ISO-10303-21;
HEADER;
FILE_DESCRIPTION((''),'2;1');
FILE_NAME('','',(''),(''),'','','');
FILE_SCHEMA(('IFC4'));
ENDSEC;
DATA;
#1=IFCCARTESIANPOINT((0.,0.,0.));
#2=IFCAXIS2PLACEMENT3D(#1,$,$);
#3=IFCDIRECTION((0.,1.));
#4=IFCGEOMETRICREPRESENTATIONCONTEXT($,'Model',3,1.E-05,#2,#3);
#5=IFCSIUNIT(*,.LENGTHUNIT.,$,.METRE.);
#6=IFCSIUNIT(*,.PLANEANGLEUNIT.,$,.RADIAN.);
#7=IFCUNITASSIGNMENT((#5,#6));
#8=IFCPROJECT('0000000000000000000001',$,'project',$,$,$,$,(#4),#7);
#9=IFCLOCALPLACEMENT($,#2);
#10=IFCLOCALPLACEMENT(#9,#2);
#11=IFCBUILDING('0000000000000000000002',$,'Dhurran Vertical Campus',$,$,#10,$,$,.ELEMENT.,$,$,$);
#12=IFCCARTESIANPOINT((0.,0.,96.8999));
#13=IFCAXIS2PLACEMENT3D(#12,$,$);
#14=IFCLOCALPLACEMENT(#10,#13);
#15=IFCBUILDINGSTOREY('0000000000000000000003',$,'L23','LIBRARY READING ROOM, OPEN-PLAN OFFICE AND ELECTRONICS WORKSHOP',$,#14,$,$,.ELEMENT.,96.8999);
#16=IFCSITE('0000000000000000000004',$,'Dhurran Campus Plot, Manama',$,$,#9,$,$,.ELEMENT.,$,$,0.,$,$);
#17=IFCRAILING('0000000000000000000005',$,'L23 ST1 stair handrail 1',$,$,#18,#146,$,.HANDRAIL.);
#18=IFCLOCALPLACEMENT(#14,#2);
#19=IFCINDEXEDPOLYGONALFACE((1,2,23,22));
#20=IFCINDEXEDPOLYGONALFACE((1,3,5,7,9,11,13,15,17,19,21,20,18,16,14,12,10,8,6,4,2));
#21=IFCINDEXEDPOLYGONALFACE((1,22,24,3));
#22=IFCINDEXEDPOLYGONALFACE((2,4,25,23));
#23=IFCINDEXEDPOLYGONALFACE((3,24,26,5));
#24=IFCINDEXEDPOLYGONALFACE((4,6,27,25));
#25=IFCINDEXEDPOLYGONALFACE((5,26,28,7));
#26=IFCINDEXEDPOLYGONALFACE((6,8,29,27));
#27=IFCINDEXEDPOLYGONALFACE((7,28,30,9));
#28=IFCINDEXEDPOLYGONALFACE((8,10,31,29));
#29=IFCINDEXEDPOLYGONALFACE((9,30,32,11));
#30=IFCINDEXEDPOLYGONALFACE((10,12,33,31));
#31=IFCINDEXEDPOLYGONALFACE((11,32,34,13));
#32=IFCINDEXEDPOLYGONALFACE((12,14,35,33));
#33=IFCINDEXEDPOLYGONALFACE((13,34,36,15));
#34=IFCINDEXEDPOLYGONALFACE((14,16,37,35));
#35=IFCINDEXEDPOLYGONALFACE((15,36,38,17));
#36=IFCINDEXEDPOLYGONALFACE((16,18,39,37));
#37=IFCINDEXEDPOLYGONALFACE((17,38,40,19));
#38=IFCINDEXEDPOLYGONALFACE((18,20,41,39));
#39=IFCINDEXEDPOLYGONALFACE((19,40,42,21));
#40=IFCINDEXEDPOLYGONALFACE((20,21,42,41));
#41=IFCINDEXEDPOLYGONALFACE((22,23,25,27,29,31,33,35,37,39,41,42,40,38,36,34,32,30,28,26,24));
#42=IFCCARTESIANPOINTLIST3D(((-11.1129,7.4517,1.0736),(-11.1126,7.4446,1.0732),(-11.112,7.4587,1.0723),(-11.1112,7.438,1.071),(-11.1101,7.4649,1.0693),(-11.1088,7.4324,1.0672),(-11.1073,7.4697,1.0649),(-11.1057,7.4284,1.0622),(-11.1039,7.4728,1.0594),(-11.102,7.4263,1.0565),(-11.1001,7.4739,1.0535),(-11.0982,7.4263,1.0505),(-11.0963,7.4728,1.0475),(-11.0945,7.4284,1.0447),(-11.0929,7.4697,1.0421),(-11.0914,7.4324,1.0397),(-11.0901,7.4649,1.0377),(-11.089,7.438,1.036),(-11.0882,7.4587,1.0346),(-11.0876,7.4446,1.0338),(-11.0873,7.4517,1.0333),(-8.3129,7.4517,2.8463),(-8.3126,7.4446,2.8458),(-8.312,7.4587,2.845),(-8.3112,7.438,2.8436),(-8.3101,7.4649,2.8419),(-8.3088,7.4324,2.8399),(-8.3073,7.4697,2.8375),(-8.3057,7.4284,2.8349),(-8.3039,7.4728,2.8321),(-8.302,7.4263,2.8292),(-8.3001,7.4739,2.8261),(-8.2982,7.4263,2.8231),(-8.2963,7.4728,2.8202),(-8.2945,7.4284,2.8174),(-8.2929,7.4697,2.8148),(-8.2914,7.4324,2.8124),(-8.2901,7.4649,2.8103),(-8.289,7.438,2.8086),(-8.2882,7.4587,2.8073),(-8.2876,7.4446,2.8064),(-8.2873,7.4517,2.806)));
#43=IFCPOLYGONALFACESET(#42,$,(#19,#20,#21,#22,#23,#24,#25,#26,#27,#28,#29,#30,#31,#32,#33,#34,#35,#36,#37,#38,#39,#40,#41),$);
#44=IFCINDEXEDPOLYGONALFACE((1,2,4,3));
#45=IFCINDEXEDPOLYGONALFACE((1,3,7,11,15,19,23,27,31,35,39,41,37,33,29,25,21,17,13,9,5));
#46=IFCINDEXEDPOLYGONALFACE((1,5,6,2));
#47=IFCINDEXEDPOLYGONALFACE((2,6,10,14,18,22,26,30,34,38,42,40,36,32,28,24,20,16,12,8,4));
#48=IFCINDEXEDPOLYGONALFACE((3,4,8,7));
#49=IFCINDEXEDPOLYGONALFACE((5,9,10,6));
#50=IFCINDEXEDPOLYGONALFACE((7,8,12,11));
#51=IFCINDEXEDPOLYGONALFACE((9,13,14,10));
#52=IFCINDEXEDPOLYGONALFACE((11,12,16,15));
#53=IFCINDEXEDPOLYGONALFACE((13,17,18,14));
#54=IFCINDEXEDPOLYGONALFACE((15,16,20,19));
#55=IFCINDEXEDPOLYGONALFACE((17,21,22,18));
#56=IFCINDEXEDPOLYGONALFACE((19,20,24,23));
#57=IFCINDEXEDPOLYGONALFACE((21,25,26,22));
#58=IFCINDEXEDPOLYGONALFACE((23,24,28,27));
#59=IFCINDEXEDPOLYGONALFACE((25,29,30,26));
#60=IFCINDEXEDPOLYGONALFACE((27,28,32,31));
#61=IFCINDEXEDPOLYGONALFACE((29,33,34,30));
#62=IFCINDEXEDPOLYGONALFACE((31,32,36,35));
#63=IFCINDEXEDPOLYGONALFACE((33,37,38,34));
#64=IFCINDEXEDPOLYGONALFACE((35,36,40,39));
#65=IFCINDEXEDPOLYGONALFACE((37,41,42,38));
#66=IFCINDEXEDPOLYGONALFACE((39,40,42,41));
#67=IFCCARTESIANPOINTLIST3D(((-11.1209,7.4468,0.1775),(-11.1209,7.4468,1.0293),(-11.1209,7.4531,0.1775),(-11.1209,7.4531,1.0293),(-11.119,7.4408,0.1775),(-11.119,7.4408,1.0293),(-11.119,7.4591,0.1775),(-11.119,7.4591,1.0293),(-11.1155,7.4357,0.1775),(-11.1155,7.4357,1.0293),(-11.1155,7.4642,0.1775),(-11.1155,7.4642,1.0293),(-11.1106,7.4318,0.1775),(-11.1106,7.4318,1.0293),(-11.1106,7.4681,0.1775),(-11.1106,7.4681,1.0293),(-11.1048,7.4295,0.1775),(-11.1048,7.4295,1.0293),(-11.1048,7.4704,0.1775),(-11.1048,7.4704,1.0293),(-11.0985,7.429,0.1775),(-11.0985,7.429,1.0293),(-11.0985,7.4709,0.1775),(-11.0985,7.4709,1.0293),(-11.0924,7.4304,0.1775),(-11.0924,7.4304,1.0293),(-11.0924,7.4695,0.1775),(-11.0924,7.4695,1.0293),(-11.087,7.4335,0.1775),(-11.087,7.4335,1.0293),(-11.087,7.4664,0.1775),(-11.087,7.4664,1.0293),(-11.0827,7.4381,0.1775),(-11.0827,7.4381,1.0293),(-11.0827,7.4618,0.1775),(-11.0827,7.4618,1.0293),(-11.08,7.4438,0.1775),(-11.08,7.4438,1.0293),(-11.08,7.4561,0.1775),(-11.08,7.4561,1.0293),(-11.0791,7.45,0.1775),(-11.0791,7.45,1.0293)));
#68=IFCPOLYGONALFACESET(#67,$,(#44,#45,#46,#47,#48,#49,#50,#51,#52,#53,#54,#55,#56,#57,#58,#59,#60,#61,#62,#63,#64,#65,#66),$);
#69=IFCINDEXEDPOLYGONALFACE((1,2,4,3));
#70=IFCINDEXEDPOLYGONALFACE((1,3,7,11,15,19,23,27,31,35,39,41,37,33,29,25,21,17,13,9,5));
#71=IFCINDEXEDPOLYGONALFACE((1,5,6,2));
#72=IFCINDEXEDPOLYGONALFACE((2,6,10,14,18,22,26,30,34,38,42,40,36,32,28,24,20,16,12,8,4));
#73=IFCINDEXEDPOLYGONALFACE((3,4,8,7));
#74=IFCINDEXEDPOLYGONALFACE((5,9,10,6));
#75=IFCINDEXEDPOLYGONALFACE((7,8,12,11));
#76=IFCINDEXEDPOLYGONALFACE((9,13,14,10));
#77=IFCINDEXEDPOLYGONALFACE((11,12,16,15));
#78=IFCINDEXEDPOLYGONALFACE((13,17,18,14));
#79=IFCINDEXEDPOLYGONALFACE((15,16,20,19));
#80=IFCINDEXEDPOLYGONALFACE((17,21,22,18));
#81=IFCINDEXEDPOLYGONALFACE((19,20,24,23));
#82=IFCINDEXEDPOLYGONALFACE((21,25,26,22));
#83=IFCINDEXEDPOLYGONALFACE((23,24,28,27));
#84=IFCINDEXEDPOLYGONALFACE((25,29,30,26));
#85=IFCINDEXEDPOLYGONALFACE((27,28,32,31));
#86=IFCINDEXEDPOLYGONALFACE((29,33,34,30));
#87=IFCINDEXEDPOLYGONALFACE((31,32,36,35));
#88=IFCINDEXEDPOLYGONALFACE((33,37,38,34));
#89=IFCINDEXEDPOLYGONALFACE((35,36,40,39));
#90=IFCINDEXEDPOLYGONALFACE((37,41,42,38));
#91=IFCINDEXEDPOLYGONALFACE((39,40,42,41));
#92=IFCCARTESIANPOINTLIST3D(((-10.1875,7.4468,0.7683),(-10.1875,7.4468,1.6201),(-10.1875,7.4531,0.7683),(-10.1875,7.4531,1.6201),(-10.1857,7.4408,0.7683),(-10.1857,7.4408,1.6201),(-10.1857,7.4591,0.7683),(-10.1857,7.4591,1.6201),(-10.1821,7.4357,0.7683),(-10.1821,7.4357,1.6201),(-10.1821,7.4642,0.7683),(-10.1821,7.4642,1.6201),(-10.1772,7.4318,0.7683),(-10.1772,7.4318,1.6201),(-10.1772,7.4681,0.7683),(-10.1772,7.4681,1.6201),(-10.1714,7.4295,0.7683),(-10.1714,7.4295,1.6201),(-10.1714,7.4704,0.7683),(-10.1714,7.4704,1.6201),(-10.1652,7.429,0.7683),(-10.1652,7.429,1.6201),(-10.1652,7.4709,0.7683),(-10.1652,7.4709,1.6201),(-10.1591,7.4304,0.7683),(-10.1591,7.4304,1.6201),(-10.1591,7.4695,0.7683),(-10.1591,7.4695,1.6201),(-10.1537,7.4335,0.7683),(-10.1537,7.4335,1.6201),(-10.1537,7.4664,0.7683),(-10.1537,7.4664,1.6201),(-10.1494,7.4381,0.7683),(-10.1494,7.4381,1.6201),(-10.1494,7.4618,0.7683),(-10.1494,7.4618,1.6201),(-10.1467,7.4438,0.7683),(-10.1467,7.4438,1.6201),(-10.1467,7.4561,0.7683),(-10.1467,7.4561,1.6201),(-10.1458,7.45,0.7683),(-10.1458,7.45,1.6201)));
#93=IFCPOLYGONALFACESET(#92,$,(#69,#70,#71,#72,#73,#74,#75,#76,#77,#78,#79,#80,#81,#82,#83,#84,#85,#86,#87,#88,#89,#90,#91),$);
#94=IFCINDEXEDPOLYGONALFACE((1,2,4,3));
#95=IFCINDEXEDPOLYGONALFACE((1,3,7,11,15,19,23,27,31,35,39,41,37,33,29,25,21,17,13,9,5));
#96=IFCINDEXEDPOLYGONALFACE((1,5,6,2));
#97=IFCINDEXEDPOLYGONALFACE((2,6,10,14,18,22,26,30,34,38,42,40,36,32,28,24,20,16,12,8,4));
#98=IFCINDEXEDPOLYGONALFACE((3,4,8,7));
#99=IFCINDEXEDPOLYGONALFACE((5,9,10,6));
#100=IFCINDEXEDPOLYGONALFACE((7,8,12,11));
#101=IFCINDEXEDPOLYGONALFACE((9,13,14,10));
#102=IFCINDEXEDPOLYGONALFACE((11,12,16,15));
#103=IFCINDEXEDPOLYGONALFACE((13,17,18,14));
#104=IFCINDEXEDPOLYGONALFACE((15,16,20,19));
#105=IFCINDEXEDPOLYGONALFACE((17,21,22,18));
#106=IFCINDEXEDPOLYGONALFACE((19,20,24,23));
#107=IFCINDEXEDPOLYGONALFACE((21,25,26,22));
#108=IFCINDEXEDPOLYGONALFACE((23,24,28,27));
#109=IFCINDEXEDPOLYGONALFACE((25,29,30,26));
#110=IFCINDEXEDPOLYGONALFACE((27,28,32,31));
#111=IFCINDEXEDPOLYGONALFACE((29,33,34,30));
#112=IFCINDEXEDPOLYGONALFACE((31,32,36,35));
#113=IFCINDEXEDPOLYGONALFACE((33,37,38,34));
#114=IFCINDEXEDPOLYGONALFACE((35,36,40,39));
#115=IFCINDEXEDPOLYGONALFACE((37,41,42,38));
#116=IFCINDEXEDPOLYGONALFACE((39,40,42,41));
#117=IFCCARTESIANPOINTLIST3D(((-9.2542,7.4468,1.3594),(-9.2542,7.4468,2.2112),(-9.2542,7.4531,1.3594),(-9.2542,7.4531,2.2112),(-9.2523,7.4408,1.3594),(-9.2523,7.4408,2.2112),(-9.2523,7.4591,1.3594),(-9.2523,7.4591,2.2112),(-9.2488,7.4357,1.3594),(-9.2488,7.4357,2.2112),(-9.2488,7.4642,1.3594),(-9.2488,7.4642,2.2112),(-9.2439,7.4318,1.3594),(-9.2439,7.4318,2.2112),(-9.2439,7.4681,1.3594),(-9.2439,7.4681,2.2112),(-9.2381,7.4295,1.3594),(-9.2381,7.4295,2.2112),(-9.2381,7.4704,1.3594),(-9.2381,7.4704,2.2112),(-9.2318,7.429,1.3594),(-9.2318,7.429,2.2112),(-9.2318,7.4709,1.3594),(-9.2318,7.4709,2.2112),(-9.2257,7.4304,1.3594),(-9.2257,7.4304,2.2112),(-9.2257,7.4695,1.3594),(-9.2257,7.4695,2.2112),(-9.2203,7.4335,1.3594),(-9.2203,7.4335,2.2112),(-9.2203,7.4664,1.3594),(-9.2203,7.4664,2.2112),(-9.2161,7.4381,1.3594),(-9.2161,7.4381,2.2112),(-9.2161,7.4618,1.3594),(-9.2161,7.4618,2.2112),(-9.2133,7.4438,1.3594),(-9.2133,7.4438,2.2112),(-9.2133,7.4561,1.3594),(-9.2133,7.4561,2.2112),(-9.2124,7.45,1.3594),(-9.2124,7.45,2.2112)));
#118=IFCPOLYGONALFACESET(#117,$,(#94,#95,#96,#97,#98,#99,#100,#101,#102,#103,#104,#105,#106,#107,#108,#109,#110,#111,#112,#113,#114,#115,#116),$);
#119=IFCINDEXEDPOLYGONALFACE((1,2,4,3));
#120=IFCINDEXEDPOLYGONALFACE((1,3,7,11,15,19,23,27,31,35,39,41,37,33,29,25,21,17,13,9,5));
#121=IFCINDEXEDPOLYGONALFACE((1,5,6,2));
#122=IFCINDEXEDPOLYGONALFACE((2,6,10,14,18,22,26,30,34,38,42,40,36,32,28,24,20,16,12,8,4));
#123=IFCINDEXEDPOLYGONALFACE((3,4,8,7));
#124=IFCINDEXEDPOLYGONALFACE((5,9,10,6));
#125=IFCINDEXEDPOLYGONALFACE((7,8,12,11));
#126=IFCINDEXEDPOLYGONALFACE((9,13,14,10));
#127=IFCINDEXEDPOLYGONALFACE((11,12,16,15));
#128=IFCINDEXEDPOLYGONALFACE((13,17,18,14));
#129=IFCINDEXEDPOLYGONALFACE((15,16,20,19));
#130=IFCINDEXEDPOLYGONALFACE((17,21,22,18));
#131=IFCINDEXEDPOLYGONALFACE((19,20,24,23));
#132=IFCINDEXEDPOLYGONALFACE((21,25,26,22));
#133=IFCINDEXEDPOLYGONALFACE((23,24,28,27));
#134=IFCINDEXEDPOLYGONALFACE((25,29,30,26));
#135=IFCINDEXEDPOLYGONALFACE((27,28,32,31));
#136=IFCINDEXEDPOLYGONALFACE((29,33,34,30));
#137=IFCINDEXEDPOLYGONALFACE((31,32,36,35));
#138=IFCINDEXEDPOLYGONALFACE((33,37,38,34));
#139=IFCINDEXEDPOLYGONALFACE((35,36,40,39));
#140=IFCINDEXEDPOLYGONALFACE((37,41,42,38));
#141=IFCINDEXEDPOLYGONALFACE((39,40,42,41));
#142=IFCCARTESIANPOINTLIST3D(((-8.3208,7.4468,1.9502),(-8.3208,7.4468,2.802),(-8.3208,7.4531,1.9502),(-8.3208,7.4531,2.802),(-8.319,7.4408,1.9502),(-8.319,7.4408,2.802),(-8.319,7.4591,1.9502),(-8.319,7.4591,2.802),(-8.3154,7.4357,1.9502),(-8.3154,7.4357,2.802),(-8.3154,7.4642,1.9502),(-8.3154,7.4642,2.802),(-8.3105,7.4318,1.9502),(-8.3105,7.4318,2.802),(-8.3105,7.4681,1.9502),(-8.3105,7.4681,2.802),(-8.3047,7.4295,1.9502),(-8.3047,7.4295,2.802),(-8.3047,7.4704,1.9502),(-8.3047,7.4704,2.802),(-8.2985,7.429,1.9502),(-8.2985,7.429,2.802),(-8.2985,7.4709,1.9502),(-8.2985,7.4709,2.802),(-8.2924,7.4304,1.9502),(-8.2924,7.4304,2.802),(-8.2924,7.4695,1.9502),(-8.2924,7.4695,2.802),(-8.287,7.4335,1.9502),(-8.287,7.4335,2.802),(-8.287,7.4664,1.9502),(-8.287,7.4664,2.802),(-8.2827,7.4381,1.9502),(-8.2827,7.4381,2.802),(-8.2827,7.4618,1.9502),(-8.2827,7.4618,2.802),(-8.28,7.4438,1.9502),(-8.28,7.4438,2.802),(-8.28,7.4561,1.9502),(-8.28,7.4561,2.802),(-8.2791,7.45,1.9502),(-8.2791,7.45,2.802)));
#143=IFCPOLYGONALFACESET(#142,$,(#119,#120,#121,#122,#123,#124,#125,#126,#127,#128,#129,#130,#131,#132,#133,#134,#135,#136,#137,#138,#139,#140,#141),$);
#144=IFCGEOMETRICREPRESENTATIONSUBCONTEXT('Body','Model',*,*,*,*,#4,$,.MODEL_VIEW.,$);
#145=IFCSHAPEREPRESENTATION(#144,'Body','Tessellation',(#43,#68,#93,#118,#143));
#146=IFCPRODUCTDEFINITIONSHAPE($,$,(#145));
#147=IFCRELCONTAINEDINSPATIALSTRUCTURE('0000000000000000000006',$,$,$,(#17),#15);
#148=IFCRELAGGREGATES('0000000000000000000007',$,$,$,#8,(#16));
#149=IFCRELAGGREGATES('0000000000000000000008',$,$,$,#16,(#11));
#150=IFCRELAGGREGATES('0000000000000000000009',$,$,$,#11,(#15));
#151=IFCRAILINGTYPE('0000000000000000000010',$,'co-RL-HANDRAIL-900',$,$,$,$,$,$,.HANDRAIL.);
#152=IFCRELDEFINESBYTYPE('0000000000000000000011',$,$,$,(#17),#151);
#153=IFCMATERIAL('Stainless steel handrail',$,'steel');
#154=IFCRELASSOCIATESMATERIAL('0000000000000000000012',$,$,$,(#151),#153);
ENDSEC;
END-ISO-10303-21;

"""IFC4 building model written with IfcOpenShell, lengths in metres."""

from ifc_helpers import new_model, si_unit, direction, frame, origin, origin_2d, place, context, subcontext, project, spatial, circle, extrude, material, type_object, element, save


model = new_model("IFC4")

# Units and contexts
model_context = context("Model", 3, precision=1e-05, world=origin(), true_north=direction((0.0, 1.0)))
body_context = subcontext(model_context, "Body", "Model", "MODEL_VIEW")
ifc_project = project(units=[si_unit("LENGTHUNIT", "METRE"), si_unit("PLANEANGLEUNIT", "RADIAN")], contexts=[model_context])

# Site, building, storey
site_placement = place(None, origin())
site = spatial("IfcSite", under=ifc_project, at=site_placement, Name="Dhurran Campus Plot, Manama", CompositionType="ELEMENT", RefElevation=0.0)
building_placement = place(site_placement, origin())
building = spatial("IfcBuilding", under=site, at=building_placement, Name="Dhurran Vertical Campus", CompositionType="ELEMENT")
storey_placement = place(building_placement, frame((0.0, 0.0, 96.8999)))
storey = spatial("IfcBuildingStorey", under=building, at=storey_placement, Name="L23", Description="LIBRARY READING ROOM, OPEN-PLAN OFFICE AND ELECTRONICS WORKSHOP", CompositionType="ELEMENT", Elevation=96.8999)

# Railing
ifc_material_1 = material(Name="Stainless steel handrail", Category="steel")
railing_type_1 = type_object("IfcRailingType", Name="co-RL-HANDRAIL-900", PredefinedType="HANDRAIL", material=ifc_material_1)
railing_1_placement = place(storey_placement, frame((-11.1001, 7.45, 0.1775)))
element("IfcRailing", 1, at=railing_1_placement, inside=storey, type_object=railing_type_1, Name="L23 ST1 stair handrail 1", PredefinedType="HANDRAIL", context=body_context, shape_type="SweptSolid", body=[
    extrude(circle(Radius=0.0239, at=origin_2d()), frame((0.0, 0.0, 0.876), z_axis=(0.844909, 0.0, 0.53491), x_axis=(0.0, 1.0, 0.0)), (0.0, 0.0, 1.0), 3.314),
    extrude(circle(Radius=0.021, at=origin_2d()), origin(), (0.0, 0.0, 1.0), 0.8518),
    extrude(circle(Radius=0.021, at=origin_2d()), frame((0.9333, 0.0, 0.5908)), (0.0, 0.0, 1.0), 0.8518),
    extrude(circle(Radius=0.021, at=origin_2d()), frame((1.8667, 0.0, 1.1819)), (0.0, 0.0, 1.0), 0.8518),
    extrude(circle(Radius=0.021, at=origin_2d()), frame((2.8, 0.0, 1.7727)), (0.0, 0.0, 1.0), 0.8518),
])

save(model, "model.ifc")
